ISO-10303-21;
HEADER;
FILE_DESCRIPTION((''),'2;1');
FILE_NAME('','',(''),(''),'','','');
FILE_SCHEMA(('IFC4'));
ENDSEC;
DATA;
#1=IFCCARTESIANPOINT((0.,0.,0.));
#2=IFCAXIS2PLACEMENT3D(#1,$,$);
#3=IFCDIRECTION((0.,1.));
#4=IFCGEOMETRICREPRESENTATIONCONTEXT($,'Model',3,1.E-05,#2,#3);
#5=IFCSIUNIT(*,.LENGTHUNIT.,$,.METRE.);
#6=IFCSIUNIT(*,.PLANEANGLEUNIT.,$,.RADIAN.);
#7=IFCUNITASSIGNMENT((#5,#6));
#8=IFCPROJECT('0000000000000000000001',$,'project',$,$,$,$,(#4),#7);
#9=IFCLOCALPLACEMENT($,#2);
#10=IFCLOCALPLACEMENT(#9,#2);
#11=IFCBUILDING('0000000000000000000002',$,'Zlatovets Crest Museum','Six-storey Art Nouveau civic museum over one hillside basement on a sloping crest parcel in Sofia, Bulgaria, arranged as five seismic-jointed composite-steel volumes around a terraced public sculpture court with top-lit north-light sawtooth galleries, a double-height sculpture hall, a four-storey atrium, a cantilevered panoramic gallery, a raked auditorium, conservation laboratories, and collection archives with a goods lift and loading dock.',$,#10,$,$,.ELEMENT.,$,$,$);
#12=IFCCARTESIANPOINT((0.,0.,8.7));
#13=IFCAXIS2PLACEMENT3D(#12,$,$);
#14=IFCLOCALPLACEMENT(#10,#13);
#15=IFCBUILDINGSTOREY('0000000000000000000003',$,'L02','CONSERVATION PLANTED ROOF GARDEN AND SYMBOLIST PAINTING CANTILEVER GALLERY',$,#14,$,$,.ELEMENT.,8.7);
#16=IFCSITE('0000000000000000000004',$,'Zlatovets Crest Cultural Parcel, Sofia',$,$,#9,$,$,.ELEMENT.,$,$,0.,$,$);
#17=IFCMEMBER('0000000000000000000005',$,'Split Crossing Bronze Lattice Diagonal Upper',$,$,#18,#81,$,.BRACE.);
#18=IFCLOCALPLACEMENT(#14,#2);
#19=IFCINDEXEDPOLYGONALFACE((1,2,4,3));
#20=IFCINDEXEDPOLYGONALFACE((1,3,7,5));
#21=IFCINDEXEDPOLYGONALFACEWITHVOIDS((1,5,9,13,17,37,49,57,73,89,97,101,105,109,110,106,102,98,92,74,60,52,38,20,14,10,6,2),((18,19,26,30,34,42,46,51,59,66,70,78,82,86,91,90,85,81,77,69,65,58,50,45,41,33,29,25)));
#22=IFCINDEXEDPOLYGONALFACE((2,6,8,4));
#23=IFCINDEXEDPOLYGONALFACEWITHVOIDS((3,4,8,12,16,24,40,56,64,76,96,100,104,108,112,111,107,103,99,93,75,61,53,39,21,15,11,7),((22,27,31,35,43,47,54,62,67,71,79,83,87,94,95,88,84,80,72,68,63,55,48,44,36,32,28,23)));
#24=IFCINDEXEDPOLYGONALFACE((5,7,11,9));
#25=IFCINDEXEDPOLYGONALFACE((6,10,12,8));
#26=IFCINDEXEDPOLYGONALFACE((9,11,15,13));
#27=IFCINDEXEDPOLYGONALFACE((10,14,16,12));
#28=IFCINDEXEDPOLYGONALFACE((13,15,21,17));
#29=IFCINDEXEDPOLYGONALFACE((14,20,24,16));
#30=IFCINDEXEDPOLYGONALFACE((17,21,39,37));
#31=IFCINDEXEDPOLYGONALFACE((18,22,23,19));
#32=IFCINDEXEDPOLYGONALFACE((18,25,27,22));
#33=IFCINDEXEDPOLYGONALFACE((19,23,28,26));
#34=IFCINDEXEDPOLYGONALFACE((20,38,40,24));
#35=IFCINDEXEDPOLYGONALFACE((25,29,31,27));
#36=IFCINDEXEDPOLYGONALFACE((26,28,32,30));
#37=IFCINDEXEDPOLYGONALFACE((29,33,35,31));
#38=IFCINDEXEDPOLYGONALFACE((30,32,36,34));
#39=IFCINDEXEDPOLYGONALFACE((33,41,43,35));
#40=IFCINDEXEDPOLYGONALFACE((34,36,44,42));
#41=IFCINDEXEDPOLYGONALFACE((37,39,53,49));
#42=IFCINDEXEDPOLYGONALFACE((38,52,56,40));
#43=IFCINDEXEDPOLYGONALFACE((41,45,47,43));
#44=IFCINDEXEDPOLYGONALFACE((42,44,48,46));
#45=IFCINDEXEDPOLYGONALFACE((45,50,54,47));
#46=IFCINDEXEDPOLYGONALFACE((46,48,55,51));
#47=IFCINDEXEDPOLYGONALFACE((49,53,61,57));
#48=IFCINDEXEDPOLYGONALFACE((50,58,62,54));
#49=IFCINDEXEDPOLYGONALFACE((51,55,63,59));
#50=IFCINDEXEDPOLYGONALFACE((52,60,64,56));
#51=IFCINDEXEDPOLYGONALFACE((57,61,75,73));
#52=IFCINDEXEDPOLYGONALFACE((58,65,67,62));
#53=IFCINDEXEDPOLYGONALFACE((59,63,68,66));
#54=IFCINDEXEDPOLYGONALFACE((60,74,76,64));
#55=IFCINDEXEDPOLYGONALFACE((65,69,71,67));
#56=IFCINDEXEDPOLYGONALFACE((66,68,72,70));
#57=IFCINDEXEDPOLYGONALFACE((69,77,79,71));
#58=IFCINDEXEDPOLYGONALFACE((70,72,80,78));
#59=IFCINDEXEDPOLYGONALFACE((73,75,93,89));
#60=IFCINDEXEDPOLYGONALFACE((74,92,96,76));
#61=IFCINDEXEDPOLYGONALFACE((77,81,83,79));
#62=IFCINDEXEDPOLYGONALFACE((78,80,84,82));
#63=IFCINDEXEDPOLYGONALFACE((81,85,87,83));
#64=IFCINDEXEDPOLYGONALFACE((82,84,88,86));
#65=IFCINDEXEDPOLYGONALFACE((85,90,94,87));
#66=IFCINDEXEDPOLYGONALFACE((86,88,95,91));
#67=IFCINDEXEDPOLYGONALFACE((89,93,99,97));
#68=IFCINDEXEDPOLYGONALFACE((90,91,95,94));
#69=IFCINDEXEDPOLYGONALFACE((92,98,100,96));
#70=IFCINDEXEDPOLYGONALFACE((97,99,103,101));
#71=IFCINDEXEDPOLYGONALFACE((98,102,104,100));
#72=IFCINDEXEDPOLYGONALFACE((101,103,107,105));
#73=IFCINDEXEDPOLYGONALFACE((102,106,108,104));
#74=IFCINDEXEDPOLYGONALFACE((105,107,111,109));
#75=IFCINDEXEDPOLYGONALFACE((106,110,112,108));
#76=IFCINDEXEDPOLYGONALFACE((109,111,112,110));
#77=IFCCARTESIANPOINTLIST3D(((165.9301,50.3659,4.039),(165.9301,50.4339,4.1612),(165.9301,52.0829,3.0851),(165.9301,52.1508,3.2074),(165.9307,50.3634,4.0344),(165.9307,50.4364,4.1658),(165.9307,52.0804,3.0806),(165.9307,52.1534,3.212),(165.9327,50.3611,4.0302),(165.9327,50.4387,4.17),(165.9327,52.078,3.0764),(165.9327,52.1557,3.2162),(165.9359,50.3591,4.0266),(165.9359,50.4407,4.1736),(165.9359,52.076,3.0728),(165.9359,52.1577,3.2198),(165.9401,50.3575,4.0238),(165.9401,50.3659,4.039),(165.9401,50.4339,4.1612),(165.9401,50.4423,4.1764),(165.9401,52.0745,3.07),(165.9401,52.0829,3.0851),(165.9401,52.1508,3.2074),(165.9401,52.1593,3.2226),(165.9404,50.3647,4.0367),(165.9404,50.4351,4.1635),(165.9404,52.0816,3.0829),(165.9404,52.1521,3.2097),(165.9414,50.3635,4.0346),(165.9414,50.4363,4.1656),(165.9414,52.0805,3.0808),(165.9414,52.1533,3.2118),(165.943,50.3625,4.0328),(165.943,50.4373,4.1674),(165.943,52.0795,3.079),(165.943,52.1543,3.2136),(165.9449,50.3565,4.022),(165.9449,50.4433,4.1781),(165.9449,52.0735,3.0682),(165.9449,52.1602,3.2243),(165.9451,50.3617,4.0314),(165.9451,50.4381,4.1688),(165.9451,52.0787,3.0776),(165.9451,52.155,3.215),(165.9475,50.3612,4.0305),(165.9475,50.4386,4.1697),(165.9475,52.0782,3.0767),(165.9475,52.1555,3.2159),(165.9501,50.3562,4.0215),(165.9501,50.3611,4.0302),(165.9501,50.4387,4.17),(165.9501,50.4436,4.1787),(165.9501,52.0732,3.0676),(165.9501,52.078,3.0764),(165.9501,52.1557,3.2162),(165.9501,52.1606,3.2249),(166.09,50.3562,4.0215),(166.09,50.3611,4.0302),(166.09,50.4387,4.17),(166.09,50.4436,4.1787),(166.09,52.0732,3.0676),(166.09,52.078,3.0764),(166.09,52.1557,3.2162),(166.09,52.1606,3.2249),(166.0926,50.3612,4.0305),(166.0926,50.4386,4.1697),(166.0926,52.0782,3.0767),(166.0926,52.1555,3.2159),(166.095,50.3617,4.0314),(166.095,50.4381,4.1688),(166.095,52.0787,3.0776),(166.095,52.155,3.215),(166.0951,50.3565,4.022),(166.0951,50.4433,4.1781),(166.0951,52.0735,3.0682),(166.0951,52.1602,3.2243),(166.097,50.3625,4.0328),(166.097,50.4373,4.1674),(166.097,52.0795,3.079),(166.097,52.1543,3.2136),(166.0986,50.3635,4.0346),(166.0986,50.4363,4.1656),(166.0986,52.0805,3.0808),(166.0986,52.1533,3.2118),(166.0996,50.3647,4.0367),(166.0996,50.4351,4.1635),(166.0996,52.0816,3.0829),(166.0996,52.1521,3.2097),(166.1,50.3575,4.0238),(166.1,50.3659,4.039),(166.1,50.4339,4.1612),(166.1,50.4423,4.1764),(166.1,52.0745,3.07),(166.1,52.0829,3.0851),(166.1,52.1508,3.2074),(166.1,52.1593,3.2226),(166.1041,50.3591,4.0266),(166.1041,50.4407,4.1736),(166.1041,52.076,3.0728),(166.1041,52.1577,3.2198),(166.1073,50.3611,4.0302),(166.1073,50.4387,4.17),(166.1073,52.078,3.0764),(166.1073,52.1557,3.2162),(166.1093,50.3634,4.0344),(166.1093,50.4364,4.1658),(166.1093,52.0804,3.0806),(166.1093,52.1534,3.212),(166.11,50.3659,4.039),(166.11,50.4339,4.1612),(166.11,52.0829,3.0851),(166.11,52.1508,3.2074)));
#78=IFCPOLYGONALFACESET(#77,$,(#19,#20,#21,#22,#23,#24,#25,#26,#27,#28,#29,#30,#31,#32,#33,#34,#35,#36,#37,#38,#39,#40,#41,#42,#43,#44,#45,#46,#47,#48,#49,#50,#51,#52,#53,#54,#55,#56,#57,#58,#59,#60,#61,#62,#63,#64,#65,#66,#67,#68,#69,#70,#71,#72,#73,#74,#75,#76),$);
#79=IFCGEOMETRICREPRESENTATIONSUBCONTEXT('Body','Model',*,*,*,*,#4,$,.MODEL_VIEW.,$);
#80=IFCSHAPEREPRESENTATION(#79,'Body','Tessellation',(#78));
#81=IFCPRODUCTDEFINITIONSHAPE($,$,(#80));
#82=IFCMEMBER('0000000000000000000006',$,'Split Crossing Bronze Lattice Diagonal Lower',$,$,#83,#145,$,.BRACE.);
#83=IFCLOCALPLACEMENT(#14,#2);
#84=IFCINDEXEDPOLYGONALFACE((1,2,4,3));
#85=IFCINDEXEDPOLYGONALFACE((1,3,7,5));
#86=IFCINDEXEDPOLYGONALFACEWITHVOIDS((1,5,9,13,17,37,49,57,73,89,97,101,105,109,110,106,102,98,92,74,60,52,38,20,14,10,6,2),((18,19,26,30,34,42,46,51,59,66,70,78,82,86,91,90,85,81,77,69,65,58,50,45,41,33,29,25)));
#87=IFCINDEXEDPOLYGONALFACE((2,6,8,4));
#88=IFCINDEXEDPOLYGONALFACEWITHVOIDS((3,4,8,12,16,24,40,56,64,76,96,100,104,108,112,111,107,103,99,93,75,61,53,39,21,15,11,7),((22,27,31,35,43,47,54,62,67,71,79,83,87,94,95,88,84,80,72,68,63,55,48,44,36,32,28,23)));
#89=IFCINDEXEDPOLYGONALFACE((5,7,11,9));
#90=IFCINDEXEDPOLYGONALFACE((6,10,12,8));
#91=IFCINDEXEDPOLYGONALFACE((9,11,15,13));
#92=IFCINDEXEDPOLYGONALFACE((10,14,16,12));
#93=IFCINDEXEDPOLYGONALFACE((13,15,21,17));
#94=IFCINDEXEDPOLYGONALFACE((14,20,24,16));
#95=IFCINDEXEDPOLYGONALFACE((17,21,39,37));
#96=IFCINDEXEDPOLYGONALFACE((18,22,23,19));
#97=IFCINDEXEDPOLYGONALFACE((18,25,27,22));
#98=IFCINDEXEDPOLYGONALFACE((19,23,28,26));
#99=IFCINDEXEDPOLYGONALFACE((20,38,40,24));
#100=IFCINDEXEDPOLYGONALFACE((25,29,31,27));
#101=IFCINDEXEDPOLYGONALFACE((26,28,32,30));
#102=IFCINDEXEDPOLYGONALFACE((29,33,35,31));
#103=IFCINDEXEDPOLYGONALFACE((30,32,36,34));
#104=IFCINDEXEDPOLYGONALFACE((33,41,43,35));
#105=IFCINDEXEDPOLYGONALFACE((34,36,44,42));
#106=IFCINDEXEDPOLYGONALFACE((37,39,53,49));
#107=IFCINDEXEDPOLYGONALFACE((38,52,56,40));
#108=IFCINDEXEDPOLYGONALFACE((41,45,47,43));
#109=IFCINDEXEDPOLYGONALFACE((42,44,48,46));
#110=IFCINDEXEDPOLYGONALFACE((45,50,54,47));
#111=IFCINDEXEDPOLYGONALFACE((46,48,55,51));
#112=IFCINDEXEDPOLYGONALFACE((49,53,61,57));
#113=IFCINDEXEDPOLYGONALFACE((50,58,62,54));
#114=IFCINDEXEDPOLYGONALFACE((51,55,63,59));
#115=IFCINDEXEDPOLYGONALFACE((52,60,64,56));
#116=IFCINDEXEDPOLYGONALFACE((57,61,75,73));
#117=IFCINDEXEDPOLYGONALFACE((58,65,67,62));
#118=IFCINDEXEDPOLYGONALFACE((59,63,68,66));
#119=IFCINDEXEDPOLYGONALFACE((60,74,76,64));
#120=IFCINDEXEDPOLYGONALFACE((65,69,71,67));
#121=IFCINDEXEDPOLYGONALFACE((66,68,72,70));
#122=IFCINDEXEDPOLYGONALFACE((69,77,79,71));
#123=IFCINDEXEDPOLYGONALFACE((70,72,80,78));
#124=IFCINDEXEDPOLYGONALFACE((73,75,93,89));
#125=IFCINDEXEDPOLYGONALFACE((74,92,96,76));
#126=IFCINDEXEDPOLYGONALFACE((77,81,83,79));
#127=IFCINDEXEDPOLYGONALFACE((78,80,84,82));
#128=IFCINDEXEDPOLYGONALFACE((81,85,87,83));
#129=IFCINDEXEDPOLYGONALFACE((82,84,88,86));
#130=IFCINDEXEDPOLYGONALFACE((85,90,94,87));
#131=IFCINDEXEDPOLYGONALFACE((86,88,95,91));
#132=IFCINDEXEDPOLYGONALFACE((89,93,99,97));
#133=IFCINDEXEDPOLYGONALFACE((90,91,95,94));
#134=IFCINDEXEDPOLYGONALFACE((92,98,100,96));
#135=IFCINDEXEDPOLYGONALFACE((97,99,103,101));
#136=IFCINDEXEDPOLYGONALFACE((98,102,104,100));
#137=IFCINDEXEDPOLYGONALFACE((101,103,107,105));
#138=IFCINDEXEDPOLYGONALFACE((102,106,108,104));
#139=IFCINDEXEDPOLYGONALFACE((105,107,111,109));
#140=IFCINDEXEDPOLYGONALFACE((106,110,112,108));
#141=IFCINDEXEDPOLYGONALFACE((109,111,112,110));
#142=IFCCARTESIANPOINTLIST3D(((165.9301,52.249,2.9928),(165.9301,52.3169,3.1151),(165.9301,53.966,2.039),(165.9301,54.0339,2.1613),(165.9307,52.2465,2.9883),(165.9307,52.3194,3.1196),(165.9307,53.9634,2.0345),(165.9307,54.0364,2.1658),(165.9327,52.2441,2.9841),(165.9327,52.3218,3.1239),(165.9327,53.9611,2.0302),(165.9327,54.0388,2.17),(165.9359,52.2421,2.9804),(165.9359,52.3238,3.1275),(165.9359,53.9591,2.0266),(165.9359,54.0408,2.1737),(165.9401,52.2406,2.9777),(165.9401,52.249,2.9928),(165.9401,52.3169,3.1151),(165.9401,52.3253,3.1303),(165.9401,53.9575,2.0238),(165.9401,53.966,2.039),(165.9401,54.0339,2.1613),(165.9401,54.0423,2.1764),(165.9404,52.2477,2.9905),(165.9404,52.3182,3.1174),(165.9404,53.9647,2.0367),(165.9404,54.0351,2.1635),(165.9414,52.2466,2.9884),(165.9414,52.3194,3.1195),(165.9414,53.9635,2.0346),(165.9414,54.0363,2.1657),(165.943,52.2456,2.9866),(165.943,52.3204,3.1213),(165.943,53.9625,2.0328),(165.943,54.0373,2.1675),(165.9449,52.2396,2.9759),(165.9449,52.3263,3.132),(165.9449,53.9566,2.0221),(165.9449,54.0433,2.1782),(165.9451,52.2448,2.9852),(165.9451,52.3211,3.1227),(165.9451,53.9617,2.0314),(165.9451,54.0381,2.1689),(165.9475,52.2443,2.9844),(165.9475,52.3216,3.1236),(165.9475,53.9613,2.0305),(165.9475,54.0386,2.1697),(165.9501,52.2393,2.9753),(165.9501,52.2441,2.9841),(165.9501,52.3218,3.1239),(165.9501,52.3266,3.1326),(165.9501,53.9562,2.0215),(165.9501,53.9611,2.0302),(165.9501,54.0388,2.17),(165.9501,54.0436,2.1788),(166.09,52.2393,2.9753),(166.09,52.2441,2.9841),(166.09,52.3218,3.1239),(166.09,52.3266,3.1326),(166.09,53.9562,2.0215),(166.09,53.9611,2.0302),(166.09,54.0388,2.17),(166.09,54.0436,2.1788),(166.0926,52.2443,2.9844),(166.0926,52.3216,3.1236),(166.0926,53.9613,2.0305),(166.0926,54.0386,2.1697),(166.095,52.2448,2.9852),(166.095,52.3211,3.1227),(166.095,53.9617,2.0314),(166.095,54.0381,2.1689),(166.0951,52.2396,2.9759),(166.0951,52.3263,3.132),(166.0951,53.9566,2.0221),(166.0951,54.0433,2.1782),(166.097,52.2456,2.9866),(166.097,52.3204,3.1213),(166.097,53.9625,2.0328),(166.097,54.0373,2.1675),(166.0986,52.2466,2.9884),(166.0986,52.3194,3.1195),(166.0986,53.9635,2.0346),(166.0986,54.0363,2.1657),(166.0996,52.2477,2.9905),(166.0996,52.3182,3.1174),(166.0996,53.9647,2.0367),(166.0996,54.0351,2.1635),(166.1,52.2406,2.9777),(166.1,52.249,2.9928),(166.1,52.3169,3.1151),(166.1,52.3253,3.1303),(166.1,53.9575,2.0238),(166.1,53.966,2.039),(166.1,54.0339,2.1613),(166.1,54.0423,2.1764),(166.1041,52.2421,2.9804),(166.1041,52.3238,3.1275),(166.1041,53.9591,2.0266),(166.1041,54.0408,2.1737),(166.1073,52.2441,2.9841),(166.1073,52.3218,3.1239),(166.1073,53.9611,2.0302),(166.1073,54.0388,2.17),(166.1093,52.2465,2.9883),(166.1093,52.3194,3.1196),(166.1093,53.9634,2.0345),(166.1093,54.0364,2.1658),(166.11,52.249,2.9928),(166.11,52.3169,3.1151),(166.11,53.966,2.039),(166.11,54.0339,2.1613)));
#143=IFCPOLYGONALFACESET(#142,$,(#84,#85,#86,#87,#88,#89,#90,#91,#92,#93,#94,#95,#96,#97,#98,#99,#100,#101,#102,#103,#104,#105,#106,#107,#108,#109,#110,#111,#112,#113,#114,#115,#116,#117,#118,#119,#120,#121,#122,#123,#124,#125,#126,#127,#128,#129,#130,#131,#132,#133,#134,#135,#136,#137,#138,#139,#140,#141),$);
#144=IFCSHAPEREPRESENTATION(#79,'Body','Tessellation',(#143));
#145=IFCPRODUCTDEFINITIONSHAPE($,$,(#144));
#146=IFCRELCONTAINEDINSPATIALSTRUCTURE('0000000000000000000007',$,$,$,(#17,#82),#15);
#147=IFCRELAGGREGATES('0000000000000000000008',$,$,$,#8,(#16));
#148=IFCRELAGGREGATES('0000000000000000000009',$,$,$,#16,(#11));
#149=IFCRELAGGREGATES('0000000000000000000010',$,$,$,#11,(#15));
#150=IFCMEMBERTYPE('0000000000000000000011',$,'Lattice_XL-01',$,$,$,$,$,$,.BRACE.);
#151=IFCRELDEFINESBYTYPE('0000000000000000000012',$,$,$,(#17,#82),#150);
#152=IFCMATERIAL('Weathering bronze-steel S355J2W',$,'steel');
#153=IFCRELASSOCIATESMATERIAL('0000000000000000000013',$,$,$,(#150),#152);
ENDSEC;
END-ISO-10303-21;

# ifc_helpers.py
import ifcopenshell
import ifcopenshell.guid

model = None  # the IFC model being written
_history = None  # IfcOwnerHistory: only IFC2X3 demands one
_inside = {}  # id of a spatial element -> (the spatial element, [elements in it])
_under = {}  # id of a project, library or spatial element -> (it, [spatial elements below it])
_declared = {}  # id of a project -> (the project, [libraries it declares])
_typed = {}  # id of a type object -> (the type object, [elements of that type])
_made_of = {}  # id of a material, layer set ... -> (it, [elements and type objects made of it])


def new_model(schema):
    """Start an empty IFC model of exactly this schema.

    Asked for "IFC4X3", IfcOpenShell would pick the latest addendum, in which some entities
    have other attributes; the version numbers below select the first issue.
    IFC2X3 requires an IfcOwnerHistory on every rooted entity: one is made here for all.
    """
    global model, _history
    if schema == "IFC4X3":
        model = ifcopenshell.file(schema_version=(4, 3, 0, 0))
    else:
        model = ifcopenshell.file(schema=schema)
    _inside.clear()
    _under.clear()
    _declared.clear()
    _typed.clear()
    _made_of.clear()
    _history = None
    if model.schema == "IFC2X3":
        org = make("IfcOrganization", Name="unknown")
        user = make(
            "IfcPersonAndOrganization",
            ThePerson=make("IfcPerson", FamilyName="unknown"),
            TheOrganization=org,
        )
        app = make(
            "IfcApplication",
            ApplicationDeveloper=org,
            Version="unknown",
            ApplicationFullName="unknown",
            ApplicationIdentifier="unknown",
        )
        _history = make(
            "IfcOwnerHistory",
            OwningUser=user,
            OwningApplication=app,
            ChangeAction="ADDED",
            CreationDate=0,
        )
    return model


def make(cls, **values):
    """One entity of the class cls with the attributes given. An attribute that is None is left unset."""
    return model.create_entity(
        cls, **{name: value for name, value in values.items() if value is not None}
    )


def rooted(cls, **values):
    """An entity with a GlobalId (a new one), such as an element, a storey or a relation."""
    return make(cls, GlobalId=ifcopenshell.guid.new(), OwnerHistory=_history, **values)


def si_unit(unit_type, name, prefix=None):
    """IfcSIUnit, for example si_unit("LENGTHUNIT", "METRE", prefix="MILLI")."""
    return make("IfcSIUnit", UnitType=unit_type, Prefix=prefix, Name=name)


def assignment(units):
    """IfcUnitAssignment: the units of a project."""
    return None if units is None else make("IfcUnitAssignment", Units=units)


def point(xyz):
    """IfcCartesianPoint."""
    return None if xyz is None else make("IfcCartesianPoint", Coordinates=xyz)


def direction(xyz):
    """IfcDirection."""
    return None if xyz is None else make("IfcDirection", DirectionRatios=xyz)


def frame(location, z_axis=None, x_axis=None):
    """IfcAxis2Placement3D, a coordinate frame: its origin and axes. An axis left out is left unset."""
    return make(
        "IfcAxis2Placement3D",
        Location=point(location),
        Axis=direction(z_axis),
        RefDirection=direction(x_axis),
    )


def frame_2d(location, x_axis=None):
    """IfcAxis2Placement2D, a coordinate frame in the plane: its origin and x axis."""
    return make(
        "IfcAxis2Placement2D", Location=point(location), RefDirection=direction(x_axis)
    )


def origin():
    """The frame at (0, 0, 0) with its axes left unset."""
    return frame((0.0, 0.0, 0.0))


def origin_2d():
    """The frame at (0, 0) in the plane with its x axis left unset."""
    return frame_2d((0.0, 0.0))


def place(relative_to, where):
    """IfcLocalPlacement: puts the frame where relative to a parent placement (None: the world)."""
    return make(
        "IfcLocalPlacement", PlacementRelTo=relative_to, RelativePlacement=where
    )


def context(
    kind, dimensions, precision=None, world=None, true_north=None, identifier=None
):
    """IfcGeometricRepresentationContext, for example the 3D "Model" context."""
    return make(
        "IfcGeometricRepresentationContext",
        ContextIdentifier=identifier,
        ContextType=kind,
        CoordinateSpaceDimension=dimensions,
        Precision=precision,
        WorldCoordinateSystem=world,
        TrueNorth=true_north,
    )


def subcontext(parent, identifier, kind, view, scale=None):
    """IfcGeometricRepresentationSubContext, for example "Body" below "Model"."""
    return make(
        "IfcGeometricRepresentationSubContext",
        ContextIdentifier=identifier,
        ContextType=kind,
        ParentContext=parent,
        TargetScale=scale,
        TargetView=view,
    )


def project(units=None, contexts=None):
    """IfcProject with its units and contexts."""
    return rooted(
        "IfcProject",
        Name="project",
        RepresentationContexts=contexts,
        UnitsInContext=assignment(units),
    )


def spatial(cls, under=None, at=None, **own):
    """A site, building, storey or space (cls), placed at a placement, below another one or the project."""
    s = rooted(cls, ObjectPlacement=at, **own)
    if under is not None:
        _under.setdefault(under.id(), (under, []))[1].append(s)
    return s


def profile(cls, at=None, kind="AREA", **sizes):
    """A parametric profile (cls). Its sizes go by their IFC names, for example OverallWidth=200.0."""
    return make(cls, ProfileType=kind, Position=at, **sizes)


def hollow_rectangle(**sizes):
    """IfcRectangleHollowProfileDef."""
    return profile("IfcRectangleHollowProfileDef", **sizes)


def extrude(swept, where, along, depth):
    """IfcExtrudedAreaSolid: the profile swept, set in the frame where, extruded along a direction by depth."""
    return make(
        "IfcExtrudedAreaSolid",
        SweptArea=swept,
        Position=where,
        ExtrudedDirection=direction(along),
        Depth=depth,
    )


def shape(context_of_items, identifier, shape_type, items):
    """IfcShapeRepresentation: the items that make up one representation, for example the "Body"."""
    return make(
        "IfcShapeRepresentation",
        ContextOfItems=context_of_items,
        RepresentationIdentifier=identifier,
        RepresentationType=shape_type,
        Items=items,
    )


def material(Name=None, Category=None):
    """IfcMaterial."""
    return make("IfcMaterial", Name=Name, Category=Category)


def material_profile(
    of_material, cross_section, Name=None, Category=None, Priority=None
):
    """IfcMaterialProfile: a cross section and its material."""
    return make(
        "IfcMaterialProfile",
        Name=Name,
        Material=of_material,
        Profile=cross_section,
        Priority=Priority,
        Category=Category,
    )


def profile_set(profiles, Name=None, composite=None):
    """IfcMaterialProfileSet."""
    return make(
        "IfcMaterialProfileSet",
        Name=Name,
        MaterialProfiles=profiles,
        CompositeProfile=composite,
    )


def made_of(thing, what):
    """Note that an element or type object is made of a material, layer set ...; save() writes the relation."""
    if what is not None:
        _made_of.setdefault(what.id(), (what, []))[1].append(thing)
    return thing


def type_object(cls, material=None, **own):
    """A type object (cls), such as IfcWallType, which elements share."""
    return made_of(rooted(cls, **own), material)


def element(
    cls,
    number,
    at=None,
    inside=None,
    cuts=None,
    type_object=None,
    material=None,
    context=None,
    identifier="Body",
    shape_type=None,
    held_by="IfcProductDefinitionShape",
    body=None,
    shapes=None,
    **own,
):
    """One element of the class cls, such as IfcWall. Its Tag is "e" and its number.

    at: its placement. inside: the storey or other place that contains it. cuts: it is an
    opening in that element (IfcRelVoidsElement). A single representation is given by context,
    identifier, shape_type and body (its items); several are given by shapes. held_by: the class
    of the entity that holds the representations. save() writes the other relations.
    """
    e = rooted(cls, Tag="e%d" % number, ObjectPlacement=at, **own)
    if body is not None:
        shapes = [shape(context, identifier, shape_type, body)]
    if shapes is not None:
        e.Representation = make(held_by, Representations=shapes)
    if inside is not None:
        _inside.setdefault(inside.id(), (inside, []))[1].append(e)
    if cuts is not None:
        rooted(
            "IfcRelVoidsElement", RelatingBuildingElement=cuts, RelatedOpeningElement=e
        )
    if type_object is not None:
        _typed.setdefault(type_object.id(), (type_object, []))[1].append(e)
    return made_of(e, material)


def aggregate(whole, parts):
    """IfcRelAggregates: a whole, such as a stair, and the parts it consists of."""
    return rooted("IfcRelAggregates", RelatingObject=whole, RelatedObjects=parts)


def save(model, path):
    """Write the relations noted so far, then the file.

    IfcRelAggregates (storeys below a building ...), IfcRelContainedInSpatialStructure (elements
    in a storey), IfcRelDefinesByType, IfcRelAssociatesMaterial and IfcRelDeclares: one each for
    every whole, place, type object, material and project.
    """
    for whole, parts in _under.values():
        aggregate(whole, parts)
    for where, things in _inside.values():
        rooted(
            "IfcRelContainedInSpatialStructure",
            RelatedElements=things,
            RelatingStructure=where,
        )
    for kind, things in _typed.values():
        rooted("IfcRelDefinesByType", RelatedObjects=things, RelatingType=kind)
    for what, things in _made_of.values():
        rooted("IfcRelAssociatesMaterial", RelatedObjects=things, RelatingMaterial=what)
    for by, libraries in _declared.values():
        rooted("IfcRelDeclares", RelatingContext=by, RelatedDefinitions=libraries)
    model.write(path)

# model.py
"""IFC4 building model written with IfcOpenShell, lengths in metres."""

from ifc_helpers import new_model, si_unit, direction, frame, origin, origin_2d, place, context, subcontext, project, spatial, hollow_rectangle, extrude, material, material_profile, profile_set, type_object, element, save


model = new_model("IFC4")

# Units and contexts
model_context = context("Model", 3, precision=1e-05, world=origin(), true_north=direction((0.0, 1.0)))
body_context = subcontext(model_context, "Body", "Model", "MODEL_VIEW")
ifc_project = project(units=[si_unit("LENGTHUNIT", "METRE"), si_unit("PLANEANGLEUNIT", "RADIAN")], contexts=[model_context])

# Site, building, storey
site_placement = place(None, origin())
site = spatial("IfcSite", under=ifc_project, at=site_placement, Name="Zlatovets Crest Cultural Parcel, Sofia", CompositionType="ELEMENT", RefElevation=0.0)
building_placement = place(site_placement, origin())
building = spatial("IfcBuilding", under=site, at=building_placement, Name="Zlatovets Crest Museum", Description="Six-storey Art Nouveau civic museum over one hillside basement on a sloping crest parcel in Sofia, Bulgaria, arranged as five seismic-jointed composite-steel volumes around a terraced public sculpture court with top-lit north-light sawtooth galleries, a double-height sculpture hall, a four-storey atrium, a cantilevered panoramic gallery, a raked auditorium, conservation laboratories, and collection archives with a goods lift and loading dock.", CompositionType="ELEMENT")
storey_placement = place(building_placement, frame((0.0, 0.0, 8.7)))
storey = spatial("IfcBuildingStorey", under=building, at=storey_placement, Name="L02", Description="CONSERVATION PLANTED ROOF GARDEN AND SYMBOLIST PAINTING CANTILEVER GALLERY", CompositionType="ELEMENT", Elevation=8.7)

# Members
ifc_material_1 = material(Name="Weathering bronze-steel S355J2W", Category="steel")
ifc_material_profile_1 = material_profile(ifc_material_1, hollow_rectangle(XDim=0.1799, YDim=0.1799, WallThickness=0.01, InnerFilletRadius=0.01, OuterFilletRadius=0.02, at=origin_2d()), Name="SHS 180x180x10.0")
ifc_profile_set_1 = profile_set([ifc_material_profile_1], Name="Weathering bronze-steel S355J2W")
member_type_1 = type_object("IfcMemberType", Name="Lattice_XL-01", PredefinedType="BRACE", material=ifc_profile_set_1)
for number, where, z_axis, x_axis, name in (
    (1, (166.02, 50.3999, 4.1001), (0.0, 0.874169, -0.485622), (-1.0, 0.0, 0.0), "Split Crossing Bronze Lattice Diagonal Upper"),
    (2, (166.02, 52.283, 3.054), (0.0, 0.874169, -0.485622), (-1.0, 0.0, 0.0), "Split Crossing Bronze Lattice Diagonal Lower"),
):
    element("IfcMember", number, at=place(storey_placement, frame(where, z_axis=z_axis, x_axis=x_axis)), inside=storey, type_object=member_type_1, Name=name, PredefinedType="BRACE", context=body_context, shape_type="SweptSolid", body=[
        extrude(hollow_rectangle(XDim=0.1799, YDim=0.1799, WallThickness=0.01, InnerFilletRadius=0.01, OuterFilletRadius=0.02, at=origin_2d()), origin(), (0.0, 0.0, 1.0), 1.9641),
    ])

save(model, "model.ifc")
